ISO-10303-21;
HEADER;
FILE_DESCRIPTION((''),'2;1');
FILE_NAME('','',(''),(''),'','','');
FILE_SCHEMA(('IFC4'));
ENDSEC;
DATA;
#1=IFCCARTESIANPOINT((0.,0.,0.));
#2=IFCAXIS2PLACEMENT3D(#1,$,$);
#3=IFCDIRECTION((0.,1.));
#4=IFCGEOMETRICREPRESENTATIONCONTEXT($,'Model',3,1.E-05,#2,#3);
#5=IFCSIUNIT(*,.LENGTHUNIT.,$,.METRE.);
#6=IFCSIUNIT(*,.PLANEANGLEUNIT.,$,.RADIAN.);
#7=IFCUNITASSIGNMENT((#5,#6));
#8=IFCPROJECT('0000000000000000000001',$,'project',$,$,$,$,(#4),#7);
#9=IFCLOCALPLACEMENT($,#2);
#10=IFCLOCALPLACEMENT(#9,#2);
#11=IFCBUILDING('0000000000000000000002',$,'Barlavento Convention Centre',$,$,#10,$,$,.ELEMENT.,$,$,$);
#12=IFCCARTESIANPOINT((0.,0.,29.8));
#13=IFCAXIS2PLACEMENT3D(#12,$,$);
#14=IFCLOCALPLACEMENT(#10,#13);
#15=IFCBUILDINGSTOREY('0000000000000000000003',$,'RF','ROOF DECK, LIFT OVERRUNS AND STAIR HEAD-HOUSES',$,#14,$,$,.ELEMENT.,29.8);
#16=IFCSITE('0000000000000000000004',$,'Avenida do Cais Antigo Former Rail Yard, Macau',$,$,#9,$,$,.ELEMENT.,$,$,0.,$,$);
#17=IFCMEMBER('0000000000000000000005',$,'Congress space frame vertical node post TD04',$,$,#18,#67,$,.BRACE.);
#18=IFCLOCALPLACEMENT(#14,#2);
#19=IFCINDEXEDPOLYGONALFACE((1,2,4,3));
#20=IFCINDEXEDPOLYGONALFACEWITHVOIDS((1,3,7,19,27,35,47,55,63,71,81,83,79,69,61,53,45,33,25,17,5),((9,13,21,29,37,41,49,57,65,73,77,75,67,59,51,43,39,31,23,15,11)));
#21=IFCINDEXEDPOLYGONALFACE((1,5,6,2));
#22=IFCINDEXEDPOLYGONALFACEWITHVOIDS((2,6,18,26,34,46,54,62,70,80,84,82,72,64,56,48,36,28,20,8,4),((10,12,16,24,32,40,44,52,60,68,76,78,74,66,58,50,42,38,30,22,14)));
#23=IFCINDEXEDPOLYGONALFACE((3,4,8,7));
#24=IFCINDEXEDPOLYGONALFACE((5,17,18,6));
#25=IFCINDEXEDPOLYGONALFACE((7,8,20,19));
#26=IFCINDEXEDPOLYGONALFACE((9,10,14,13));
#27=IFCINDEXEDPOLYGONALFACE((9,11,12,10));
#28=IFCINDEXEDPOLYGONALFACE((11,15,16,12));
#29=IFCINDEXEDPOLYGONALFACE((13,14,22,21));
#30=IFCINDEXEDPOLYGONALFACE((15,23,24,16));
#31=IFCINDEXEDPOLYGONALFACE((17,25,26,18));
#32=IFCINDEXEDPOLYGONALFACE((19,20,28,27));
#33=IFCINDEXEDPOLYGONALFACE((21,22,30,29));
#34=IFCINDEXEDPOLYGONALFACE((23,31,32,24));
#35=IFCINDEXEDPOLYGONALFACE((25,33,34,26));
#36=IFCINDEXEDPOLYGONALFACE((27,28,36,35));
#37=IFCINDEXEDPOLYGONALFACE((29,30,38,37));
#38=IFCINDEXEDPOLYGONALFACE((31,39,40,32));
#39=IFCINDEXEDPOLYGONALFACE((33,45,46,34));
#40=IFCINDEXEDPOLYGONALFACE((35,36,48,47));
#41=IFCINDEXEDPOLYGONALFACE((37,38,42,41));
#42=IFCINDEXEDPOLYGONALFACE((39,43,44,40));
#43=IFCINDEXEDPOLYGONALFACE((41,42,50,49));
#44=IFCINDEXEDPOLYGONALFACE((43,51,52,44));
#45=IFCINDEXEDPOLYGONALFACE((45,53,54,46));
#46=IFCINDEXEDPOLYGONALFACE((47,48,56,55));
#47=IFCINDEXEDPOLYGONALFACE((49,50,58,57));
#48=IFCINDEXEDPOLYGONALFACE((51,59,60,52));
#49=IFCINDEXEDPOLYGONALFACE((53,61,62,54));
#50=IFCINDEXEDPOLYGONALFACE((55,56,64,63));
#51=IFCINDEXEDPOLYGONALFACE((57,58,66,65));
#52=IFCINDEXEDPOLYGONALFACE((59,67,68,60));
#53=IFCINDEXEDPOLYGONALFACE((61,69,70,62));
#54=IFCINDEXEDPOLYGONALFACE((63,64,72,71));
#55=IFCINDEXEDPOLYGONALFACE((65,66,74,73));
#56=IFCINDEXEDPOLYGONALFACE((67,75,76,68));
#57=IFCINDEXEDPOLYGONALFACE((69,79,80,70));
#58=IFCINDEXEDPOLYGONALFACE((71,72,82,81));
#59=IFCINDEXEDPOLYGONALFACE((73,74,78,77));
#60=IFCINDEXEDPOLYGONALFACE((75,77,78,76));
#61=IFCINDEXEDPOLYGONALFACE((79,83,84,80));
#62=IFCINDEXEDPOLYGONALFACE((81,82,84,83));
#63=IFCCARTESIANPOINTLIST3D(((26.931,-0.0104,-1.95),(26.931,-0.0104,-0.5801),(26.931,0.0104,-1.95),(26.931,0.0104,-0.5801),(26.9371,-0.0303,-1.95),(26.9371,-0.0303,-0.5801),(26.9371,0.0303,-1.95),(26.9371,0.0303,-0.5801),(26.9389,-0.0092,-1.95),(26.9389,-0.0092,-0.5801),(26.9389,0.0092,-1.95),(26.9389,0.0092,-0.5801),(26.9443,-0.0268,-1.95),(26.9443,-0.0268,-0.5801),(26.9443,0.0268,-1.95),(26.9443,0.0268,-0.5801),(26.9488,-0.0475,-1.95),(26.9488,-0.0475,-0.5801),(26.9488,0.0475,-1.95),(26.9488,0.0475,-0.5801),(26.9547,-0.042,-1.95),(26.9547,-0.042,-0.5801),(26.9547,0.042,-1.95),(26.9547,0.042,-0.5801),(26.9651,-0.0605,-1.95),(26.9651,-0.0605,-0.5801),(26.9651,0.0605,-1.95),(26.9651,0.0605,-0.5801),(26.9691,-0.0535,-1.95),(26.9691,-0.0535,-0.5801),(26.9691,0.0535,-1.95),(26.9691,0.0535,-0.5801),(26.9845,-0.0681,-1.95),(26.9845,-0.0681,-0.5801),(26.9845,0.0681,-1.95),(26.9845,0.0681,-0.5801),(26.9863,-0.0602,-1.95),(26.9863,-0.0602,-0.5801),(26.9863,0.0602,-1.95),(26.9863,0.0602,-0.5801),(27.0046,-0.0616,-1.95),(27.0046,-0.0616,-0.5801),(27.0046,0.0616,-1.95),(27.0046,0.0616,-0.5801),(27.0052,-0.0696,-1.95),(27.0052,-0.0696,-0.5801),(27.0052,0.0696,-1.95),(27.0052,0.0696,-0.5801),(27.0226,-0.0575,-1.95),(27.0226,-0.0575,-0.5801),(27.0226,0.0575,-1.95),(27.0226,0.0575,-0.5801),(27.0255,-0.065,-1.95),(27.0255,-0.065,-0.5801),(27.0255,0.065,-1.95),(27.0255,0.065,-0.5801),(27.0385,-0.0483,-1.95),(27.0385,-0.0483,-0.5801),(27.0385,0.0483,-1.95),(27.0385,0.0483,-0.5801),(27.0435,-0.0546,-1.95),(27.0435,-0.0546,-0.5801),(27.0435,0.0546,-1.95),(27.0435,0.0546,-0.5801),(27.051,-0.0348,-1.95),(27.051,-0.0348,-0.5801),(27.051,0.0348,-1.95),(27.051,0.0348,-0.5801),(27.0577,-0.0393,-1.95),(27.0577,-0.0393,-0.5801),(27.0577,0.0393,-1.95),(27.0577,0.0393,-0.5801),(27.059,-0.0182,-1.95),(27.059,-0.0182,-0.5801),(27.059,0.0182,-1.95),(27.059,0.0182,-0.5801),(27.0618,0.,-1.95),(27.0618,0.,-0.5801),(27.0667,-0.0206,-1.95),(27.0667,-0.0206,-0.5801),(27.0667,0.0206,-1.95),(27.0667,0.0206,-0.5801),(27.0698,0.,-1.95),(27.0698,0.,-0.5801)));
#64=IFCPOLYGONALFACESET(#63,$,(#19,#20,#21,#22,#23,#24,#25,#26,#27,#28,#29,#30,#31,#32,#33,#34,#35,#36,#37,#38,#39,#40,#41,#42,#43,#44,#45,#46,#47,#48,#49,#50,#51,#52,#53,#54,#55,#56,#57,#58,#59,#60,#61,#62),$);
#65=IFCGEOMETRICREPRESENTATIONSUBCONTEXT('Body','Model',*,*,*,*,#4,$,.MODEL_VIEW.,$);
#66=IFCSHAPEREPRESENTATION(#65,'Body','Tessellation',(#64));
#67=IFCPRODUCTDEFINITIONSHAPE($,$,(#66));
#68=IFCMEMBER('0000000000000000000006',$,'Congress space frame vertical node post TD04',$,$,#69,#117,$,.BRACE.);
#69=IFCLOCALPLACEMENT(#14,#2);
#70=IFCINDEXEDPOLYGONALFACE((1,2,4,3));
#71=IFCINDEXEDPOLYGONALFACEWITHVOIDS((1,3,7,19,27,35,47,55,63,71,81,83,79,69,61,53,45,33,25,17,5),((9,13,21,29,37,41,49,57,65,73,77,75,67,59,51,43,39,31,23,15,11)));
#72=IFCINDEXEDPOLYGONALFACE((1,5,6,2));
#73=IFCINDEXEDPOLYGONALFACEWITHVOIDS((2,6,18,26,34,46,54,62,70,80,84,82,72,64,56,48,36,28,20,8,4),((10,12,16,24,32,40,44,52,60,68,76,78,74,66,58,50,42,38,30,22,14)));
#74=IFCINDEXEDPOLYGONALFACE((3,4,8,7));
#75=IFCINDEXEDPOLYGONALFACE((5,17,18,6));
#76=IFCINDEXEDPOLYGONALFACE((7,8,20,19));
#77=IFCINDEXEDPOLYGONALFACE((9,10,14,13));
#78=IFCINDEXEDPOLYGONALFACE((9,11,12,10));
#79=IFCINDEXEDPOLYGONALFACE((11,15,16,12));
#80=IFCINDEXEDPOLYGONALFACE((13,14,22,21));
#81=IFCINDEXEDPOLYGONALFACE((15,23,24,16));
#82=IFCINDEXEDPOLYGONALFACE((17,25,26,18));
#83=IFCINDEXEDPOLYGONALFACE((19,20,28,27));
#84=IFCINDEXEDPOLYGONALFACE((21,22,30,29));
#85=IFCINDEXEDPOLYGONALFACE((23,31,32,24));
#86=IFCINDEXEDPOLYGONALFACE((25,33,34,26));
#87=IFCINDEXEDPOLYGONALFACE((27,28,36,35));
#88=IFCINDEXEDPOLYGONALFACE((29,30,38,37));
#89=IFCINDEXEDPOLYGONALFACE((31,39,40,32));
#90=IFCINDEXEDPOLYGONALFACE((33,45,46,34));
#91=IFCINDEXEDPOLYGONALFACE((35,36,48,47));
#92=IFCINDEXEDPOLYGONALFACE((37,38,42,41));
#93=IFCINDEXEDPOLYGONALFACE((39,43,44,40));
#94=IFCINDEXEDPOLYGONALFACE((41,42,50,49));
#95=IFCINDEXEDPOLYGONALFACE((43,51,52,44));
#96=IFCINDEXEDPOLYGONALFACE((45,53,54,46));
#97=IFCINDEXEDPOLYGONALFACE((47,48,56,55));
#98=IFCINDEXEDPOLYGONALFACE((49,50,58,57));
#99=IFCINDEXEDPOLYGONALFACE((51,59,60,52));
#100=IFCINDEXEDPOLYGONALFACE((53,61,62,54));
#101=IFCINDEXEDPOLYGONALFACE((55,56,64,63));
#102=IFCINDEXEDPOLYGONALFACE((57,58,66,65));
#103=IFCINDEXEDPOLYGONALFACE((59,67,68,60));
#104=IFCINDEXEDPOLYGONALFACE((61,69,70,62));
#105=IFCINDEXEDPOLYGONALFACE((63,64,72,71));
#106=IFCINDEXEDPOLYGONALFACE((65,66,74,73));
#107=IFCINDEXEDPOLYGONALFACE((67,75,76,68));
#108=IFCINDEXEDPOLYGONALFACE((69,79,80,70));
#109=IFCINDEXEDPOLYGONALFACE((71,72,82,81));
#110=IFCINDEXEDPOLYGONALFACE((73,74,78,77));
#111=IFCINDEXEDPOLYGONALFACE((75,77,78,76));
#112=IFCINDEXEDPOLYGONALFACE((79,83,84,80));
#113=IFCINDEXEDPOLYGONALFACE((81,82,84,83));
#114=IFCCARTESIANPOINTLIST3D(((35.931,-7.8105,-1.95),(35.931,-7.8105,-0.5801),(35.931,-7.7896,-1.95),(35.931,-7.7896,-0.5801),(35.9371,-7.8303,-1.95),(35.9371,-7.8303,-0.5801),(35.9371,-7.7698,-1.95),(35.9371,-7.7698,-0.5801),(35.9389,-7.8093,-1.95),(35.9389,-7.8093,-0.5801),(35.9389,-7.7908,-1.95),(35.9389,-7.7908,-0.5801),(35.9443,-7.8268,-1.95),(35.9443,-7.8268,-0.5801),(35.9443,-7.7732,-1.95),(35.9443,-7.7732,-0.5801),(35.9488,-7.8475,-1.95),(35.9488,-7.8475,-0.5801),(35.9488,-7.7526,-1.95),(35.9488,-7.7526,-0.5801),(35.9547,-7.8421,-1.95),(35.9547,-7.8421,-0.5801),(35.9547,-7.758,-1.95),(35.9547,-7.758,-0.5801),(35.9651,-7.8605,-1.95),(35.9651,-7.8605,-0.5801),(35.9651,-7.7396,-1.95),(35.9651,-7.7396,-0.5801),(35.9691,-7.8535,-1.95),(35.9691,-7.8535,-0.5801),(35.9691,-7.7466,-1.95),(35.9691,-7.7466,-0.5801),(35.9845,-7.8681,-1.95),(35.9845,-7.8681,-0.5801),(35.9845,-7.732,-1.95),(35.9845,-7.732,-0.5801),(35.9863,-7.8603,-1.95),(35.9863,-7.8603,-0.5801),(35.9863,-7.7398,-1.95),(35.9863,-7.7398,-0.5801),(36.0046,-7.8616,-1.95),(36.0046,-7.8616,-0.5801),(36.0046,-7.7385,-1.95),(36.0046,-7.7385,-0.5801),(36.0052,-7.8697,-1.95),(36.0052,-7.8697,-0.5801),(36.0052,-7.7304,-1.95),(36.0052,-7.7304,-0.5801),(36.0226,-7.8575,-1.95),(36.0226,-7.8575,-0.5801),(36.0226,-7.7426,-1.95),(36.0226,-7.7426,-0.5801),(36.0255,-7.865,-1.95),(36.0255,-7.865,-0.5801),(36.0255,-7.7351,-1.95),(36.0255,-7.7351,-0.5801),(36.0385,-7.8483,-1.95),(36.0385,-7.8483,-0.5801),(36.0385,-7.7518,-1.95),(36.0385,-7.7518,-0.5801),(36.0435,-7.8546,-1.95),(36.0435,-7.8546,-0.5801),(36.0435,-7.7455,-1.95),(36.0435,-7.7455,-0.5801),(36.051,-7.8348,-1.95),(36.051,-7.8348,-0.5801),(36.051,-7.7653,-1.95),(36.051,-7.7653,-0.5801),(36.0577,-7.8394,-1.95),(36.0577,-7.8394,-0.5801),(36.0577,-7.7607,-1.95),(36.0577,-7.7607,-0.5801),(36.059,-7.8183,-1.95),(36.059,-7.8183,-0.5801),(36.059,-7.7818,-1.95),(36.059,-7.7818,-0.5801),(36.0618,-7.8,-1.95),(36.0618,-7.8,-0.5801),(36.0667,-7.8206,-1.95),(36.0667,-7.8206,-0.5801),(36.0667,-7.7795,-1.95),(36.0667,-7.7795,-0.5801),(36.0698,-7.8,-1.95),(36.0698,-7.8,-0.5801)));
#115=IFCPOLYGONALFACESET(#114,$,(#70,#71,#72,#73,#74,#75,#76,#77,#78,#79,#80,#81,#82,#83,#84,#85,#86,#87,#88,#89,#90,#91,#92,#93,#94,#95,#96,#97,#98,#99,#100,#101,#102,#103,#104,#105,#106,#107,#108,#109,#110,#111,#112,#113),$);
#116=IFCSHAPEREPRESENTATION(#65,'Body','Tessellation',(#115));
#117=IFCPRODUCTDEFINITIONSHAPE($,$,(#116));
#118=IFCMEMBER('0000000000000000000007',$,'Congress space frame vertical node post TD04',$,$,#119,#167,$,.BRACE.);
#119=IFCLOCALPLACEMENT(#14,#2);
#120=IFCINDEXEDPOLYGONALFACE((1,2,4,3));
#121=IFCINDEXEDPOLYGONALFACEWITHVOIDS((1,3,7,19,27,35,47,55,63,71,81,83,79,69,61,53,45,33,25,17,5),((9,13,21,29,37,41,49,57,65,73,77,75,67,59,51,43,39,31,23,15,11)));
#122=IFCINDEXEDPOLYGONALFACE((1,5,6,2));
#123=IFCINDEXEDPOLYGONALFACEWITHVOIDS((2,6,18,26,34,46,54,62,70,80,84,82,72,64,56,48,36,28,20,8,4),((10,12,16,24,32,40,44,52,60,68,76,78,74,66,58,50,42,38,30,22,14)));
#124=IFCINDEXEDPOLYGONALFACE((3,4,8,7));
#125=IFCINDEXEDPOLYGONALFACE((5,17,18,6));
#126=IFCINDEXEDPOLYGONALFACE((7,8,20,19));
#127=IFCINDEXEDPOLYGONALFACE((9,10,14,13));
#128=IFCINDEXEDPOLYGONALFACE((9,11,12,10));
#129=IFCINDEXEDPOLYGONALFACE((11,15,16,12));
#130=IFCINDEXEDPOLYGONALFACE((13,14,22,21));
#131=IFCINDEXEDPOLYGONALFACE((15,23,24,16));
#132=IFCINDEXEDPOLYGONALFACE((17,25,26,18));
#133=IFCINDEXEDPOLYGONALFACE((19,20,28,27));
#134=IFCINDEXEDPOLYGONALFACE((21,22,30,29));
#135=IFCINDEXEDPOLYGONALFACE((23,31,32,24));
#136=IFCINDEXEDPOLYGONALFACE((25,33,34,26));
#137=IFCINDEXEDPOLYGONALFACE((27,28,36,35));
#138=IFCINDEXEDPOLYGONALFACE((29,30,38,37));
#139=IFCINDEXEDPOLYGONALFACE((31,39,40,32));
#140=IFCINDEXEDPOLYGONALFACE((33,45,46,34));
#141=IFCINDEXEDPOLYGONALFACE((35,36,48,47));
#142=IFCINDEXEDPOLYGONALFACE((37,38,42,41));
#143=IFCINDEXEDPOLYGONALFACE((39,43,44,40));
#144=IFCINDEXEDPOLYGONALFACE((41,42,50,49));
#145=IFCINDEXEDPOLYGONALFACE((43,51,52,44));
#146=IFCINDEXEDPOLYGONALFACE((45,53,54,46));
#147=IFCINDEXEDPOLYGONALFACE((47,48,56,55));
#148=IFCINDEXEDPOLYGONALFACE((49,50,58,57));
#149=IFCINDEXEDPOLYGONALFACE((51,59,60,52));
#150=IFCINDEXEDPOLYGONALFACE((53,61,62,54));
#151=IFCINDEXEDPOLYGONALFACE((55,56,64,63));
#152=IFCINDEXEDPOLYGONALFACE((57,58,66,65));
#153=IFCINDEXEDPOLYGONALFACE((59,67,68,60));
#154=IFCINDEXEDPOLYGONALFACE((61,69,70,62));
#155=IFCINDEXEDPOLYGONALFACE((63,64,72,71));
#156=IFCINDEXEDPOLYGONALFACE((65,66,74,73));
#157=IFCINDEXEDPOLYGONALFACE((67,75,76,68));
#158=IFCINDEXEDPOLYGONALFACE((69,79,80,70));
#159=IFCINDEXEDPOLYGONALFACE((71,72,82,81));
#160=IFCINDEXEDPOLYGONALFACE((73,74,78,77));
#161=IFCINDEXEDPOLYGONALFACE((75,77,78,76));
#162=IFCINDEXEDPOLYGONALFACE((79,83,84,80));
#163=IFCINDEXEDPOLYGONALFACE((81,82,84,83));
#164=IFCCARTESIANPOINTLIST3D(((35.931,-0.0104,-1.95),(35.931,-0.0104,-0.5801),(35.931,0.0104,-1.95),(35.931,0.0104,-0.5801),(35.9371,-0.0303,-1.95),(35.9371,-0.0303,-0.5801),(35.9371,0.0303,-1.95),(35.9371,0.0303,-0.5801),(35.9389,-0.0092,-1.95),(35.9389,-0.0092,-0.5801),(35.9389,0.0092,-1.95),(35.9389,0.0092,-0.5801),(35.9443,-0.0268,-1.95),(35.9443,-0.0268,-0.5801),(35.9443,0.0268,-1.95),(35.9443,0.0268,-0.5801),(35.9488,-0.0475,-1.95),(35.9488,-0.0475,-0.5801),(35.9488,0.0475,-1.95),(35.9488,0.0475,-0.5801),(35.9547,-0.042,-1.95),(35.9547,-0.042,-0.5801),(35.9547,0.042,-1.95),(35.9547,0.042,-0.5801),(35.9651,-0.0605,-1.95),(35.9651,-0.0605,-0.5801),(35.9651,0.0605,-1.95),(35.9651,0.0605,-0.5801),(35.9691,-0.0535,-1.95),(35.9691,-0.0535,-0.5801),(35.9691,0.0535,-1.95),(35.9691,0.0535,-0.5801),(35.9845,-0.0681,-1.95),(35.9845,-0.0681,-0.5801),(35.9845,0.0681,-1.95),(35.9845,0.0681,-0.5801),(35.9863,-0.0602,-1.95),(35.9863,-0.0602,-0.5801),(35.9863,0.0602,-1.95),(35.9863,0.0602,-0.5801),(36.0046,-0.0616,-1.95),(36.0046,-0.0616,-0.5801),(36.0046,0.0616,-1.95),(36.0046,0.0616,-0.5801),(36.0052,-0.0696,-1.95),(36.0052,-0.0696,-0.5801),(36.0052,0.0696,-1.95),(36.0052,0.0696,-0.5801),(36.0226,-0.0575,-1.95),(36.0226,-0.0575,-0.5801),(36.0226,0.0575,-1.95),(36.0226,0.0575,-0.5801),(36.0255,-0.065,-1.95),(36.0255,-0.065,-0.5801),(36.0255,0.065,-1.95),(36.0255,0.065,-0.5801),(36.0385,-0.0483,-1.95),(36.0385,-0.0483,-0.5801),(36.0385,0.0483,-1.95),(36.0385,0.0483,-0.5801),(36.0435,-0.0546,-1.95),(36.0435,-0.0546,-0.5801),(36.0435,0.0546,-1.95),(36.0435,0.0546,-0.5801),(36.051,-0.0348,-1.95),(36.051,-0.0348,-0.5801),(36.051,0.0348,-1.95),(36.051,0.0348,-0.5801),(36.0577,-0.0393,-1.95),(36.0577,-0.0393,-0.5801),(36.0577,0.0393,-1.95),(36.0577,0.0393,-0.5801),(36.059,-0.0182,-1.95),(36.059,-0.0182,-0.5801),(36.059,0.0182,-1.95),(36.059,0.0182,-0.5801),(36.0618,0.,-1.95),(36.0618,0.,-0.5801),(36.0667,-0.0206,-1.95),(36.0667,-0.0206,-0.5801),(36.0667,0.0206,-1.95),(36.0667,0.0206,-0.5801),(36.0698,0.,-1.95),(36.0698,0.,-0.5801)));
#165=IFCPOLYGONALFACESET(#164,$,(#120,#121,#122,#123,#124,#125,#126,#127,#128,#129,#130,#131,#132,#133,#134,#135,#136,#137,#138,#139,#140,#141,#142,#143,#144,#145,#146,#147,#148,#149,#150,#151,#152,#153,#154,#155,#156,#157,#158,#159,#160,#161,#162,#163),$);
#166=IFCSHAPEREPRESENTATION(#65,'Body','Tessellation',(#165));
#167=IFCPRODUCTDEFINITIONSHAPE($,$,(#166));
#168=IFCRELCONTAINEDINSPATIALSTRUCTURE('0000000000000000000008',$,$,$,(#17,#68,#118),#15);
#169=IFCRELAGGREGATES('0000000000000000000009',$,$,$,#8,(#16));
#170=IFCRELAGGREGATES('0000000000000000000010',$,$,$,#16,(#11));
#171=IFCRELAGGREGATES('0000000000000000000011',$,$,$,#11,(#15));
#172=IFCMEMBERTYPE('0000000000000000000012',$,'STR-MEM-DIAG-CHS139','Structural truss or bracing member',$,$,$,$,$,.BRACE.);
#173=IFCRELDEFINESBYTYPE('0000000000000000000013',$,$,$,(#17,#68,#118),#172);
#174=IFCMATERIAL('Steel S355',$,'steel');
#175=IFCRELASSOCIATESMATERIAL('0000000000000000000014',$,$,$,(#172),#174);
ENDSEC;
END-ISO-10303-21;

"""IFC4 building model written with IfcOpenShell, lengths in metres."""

from ifc_helpers import new_model, si_unit, direction, frame, origin, origin_2d, place, context, subcontext, project, spatial, hollow_circle, extrude, material, material_profile, profile_set, type_object, element, save


model = new_model("IFC4")

# Units and contexts
model_context = context("Model", 3, precision=1e-05, world=origin(), true_north=direction((0.0, 1.0)))
body_context = subcontext(model_context, "Body", "Model", "MODEL_VIEW")
ifc_project = project(units=[si_unit("LENGTHUNIT", "METRE"), si_unit("PLANEANGLEUNIT", "RADIAN")], contexts=[model_context])

# Site, building, storey
site_placement = place(None, origin())
site = spatial("IfcSite", under=ifc_project, at=site_placement, Name="Avenida do Cais Antigo Former Rail Yard, Macau", CompositionType="ELEMENT", RefElevation=0.0)
building_placement = place(site_placement, origin())
building = spatial("IfcBuilding", under=site, at=building_placement, Name="Barlavento Convention Centre", CompositionType="ELEMENT")
storey_placement = place(building_placement, frame((0.0, 0.0, 29.8)))
storey = spatial("IfcBuildingStorey", under=building, at=storey_placement, Name="RF", Description="ROOF DECK, LIFT OVERRUNS AND STAIR HEAD-HOUSES", CompositionType="ELEMENT", Elevation=29.8)

# Shared definitions
ifc_material_1 = material(Name="Steel S355", Category="steel")

# Members
ifc_material_profile_1 = material_profile(ifc_material_1, hollow_circle(Radius=0.0698, WallThickness=0.0081, at=origin_2d()), Name="CHS 139.7x8.0")
ifc_profile_set_1 = profile_set([ifc_material_profile_1], Name="Steel S355")
member_type_1 = type_object("IfcMemberType", Name="STR-MEM-DIAG-CHS139", Description="Structural truss or bracing member", PredefinedType="BRACE", material=ifc_profile_set_1)
for number, where, z_axis, x_axis, name in (
    (1, (27.0, 0.0, -1.95), (0.0, 0.0, 1.0), (1.0, 0.0, 0.0), "Congress space frame vertical node post TD04"),
    (2, (36.0, -7.8, -1.95), (0.0, 0.0, 1.0), (1.0, 0.0, 0.0), "Congress space frame vertical node post TD04"),
    (3, (36.0, 0.0, -1.95), (0.0, 0.0, 1.0), (1.0, 0.0, 0.0), "Congress space frame vertical node post TD04"),
):
    element("IfcMember", number, at=place(storey_placement, frame(where, z_axis=z_axis, x_axis=x_axis)), inside=storey, type_object=member_type_1, Name=name, PredefinedType="BRACE", context=body_context, shape_type="SweptSolid", body=[
        extrude(hollow_circle(Radius=0.0698, WallThickness=0.0081, at=origin_2d()), origin(), (0.0, 0.0, 1.0), 1.3699),
    ])

save(model, "model.ifc")
